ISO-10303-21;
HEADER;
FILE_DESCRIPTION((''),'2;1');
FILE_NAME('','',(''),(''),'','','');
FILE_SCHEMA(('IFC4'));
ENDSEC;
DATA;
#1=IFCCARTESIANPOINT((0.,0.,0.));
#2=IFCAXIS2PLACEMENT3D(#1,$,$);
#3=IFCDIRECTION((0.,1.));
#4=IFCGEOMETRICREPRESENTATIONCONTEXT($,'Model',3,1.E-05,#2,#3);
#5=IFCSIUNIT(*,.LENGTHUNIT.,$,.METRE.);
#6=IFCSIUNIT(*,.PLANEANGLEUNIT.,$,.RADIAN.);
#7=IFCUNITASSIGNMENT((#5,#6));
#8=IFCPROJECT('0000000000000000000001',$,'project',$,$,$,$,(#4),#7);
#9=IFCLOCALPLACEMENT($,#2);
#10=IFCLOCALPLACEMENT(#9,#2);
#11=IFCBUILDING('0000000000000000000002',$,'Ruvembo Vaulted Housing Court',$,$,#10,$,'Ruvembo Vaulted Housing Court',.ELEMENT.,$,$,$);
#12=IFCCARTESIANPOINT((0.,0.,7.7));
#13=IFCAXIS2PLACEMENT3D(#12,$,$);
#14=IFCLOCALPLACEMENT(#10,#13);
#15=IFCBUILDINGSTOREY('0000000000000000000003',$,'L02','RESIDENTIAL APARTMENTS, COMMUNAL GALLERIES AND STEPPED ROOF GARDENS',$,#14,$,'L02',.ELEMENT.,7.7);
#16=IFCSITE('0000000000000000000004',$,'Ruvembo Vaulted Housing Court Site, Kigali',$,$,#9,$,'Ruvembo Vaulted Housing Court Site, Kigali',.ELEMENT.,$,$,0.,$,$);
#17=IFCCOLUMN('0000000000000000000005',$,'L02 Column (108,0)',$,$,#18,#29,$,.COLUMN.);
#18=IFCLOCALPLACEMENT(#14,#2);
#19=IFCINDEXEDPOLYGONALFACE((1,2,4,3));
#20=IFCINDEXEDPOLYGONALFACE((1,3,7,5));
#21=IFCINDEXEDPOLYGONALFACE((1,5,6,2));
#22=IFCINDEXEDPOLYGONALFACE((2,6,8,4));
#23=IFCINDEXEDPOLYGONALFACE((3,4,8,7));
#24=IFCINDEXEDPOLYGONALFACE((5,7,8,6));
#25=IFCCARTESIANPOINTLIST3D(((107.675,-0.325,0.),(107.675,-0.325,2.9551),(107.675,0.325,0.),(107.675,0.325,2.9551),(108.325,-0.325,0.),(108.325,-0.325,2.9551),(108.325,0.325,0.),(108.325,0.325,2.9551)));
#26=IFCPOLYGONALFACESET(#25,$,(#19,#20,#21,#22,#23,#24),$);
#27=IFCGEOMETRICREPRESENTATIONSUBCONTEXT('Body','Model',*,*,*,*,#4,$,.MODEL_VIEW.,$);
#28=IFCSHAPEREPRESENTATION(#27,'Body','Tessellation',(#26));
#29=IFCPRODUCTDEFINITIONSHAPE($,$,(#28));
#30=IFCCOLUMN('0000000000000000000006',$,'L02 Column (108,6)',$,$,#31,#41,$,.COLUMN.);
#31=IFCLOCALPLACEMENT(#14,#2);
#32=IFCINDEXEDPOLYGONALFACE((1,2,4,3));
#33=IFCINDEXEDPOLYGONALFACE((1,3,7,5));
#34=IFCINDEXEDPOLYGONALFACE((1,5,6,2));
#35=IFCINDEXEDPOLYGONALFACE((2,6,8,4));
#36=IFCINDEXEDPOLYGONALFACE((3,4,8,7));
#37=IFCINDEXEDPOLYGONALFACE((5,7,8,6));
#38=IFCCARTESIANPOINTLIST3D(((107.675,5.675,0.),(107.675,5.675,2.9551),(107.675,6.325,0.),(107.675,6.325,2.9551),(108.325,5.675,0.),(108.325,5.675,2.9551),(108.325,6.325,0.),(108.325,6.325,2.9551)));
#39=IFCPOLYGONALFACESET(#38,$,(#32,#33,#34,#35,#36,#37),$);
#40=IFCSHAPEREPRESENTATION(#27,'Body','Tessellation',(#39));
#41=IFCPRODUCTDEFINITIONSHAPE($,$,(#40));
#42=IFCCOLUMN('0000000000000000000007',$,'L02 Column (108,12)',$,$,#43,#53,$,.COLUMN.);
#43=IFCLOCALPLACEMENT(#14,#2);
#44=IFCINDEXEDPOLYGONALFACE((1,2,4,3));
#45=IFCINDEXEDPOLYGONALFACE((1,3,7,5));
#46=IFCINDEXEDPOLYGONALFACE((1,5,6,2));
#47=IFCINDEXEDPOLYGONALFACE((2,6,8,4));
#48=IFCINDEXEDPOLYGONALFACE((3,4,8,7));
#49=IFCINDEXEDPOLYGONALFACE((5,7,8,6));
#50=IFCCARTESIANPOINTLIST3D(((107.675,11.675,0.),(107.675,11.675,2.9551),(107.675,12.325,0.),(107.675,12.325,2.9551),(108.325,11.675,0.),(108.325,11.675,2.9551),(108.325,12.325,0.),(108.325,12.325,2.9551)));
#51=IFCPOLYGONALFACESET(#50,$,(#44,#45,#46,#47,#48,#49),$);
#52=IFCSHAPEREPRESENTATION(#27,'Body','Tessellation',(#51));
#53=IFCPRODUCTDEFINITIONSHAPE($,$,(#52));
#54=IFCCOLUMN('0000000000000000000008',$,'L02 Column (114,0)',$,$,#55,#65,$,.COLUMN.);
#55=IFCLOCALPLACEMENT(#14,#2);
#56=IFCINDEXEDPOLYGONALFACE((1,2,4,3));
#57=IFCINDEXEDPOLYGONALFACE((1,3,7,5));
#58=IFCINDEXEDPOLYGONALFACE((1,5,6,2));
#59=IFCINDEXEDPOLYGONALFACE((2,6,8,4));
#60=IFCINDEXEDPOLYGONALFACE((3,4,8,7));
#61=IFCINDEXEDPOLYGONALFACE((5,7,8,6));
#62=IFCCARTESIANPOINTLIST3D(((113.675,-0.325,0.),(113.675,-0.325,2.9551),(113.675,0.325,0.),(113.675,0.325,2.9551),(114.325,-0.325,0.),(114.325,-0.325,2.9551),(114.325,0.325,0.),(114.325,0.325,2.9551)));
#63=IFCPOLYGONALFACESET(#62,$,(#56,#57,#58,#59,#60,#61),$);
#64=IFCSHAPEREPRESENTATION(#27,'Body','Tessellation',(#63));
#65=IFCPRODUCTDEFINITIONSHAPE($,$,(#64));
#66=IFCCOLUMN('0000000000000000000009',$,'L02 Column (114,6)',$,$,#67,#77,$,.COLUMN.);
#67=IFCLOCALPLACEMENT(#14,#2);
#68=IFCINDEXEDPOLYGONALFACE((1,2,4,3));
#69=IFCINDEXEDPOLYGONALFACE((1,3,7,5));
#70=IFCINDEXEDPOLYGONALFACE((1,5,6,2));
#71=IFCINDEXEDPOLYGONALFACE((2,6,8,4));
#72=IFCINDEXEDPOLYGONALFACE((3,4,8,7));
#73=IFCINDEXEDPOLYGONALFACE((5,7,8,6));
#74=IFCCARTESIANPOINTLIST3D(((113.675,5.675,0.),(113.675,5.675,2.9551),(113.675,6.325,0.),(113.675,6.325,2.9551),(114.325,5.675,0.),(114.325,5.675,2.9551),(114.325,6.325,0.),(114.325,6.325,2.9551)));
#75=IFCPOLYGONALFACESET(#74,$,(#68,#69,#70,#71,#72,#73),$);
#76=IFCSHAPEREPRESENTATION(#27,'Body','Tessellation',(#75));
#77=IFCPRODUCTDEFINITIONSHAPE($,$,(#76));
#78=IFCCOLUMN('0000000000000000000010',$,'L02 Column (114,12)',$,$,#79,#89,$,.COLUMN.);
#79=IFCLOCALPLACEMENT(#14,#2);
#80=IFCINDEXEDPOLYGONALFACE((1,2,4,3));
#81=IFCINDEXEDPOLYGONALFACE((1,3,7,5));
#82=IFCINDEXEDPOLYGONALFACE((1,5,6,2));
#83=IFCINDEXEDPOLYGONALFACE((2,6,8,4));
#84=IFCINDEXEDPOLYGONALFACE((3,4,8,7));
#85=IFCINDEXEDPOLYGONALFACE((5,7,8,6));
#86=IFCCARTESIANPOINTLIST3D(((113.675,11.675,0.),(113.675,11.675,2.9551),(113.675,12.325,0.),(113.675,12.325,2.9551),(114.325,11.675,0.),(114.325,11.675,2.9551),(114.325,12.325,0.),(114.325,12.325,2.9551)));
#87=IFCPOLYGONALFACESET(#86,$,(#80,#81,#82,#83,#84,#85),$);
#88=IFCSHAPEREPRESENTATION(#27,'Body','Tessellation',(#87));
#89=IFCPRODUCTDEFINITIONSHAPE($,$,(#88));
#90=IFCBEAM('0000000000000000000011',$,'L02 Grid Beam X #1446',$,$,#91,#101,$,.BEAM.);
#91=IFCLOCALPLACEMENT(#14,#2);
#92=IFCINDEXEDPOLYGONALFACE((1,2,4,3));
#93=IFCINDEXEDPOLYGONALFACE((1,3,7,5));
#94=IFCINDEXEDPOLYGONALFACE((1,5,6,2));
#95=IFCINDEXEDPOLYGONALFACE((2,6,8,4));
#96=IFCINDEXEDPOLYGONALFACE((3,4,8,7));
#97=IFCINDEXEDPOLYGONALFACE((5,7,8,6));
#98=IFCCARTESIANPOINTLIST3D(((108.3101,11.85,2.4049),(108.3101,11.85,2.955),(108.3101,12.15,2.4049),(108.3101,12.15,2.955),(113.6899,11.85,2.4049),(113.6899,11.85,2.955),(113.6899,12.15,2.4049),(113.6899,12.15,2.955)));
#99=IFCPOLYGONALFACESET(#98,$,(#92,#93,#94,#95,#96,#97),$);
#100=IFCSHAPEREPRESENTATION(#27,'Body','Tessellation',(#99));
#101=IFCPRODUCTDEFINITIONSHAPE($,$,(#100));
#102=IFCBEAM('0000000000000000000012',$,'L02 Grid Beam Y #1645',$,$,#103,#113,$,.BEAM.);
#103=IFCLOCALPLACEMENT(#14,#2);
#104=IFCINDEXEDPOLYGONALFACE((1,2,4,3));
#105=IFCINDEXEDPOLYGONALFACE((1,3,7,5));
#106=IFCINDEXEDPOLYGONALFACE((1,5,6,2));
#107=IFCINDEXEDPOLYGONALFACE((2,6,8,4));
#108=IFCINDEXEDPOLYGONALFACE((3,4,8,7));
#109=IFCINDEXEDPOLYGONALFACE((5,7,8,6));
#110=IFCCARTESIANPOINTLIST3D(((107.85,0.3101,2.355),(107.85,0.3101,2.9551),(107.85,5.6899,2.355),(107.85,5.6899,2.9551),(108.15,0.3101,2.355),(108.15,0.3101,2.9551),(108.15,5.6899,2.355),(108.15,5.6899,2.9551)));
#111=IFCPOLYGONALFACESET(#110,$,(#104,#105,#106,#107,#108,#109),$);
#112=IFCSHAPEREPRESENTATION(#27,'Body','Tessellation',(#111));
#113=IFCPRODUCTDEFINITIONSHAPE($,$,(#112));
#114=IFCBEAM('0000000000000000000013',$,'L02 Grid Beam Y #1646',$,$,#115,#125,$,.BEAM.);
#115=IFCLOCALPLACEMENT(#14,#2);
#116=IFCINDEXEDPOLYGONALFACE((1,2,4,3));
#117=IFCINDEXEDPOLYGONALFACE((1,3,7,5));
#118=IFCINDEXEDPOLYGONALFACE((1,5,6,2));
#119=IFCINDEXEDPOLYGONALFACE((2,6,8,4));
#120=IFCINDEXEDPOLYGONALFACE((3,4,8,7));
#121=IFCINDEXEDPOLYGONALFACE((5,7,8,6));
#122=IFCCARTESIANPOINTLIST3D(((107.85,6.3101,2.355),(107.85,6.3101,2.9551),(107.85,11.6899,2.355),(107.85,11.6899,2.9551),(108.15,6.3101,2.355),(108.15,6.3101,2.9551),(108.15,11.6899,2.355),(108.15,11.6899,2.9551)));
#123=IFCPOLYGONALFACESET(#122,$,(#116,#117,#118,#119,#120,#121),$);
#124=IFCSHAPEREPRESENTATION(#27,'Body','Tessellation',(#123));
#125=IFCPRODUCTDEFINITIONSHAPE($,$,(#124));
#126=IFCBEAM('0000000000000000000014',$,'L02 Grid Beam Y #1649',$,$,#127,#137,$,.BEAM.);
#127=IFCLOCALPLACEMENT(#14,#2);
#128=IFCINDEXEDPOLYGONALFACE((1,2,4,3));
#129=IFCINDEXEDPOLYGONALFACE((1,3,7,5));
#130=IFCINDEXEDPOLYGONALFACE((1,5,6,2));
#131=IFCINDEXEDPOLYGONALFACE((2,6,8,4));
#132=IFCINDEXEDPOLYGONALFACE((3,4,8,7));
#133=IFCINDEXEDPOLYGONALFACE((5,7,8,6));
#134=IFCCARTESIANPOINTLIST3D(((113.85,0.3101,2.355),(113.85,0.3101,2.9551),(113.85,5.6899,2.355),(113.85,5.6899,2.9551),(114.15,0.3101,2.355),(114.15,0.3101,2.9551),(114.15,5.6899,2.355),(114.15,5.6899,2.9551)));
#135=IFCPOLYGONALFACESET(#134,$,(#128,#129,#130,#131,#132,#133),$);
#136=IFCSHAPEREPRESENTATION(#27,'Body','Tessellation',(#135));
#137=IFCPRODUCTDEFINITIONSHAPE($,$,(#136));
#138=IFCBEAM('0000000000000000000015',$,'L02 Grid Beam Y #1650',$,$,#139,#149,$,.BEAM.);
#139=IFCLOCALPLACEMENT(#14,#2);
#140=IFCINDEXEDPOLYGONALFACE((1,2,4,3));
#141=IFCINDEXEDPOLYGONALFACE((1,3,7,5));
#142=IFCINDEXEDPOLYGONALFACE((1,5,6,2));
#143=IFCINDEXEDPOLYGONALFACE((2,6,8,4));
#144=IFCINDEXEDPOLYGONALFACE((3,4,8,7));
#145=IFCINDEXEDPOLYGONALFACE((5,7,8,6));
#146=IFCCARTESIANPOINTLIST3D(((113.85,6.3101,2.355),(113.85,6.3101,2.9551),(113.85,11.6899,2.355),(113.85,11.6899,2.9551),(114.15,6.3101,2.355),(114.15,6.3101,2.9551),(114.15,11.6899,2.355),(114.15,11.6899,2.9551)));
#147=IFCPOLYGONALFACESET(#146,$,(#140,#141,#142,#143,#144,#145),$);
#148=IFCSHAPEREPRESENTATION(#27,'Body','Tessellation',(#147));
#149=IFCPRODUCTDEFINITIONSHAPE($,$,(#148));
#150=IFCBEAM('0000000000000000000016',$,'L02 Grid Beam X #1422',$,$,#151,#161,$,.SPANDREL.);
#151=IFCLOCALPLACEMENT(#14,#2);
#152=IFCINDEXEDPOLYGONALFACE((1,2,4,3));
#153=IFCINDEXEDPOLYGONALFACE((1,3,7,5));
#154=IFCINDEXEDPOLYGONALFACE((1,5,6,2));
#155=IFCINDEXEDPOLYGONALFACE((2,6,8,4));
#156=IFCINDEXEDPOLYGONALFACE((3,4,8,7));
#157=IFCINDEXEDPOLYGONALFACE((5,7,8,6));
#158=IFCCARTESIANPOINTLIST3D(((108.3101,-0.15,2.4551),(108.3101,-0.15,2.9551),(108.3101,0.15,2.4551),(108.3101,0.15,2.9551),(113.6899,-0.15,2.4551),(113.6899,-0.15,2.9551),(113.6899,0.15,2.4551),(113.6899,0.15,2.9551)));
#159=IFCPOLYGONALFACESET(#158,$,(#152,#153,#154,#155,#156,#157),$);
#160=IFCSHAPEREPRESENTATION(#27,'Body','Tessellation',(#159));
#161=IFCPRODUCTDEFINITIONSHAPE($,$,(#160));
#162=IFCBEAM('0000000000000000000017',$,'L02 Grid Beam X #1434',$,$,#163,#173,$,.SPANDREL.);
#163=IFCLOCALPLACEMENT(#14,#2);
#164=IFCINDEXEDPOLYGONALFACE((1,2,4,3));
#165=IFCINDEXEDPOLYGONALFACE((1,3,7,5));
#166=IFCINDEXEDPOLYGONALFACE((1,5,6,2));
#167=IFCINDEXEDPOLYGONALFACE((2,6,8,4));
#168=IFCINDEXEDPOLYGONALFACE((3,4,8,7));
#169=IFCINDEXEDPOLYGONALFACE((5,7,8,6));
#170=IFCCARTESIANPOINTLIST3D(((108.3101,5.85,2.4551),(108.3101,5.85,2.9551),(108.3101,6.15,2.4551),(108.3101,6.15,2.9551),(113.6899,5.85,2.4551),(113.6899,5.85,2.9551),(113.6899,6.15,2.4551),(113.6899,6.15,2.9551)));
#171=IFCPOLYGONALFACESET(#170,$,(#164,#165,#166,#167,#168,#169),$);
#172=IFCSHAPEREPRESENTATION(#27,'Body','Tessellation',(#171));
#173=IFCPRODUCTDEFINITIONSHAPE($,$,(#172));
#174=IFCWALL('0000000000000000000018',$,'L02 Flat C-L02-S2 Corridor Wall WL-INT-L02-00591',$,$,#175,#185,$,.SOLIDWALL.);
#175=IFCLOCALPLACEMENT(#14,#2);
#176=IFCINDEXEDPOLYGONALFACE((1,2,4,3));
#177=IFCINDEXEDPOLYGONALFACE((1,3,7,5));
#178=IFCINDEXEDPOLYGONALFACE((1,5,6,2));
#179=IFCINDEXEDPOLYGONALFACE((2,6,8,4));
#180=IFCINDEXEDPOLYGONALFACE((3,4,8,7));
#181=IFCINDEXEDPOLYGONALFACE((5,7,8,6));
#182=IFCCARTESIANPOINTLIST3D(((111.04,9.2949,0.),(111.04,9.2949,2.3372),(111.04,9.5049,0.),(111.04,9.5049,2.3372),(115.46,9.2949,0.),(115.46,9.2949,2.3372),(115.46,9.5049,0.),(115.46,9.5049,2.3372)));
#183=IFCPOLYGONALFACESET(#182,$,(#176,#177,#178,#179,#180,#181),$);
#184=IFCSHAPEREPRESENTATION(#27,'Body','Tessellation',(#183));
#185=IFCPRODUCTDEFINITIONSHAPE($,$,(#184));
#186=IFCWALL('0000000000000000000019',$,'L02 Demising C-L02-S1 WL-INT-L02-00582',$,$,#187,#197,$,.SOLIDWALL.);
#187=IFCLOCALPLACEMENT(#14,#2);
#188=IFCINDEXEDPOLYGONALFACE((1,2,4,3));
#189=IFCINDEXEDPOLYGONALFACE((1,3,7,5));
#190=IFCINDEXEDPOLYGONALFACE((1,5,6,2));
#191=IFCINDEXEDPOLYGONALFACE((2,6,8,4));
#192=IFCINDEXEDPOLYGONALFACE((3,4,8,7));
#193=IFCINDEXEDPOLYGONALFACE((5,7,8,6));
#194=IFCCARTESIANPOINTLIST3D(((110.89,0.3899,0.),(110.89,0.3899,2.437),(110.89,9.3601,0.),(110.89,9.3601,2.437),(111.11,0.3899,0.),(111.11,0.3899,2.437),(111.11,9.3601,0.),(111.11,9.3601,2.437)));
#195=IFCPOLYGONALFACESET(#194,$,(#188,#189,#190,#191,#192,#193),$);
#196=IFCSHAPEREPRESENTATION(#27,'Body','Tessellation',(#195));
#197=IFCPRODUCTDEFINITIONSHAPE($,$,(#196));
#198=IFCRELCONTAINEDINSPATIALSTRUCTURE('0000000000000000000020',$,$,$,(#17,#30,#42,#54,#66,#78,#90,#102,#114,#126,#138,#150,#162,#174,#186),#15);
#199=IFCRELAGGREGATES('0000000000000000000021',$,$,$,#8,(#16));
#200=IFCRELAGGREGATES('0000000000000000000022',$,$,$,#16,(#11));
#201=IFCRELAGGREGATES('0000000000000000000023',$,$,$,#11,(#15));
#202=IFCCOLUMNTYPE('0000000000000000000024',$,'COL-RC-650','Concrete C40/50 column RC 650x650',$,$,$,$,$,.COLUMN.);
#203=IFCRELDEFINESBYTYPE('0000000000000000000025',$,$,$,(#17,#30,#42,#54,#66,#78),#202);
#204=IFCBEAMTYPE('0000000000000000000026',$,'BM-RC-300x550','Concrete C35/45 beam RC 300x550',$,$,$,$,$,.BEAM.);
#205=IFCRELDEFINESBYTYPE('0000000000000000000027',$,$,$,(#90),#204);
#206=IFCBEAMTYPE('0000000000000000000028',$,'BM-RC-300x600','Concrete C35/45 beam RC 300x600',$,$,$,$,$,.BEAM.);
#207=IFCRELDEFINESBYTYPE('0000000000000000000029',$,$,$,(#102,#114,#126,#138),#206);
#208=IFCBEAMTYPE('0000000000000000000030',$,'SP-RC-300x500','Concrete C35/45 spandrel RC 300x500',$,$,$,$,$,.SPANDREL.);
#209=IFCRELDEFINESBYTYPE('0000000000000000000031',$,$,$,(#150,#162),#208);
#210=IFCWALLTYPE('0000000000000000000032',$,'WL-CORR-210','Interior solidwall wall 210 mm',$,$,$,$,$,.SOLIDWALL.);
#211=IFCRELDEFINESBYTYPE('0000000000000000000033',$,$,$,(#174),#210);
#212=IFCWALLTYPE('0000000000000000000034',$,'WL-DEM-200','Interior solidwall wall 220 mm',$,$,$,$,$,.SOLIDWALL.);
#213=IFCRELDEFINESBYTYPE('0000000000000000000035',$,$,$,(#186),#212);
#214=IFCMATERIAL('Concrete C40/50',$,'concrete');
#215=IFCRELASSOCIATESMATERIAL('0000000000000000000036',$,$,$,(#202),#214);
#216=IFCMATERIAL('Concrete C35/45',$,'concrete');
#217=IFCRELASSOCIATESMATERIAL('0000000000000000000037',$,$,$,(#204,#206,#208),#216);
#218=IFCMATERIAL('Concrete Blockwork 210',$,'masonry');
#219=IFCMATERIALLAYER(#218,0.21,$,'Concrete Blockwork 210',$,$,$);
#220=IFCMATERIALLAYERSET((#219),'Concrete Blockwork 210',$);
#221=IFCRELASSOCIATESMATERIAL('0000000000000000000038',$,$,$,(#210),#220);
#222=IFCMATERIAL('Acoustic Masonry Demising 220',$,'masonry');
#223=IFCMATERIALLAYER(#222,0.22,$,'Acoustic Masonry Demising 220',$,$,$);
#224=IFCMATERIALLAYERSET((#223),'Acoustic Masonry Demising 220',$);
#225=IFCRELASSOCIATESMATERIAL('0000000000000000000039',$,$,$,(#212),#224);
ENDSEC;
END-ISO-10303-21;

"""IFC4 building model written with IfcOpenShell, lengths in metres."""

from ifc_helpers import new_model, si_unit, direction, frame, frame_2d, origin, origin_2d, place, context, subcontext, project, spatial, rectangle, extrude, material, layer, layer_set, material_profile, profile_set, type_object, element, save


model = new_model("IFC4")

# Units and contexts
model_context = context("Model", 3, precision=1e-05, world=origin(), true_north=direction((0.0, 1.0)))
body_context = subcontext(model_context, "Body", "Model", "MODEL_VIEW")
ifc_project = project(units=[si_unit("LENGTHUNIT", "METRE"), si_unit("PLANEANGLEUNIT", "RADIAN")], contexts=[model_context])

# Site, building, storey
site_placement = place(None, origin())
site = spatial("IfcSite", under=ifc_project, at=site_placement, Name="Ruvembo Vaulted Housing Court Site, Kigali", LongName="Ruvembo Vaulted Housing Court Site, Kigali", CompositionType="ELEMENT", RefElevation=0.0)
building_placement = place(site_placement, origin())
building = spatial("IfcBuilding", under=site, at=building_placement, Name="Ruvembo Vaulted Housing Court", LongName="Ruvembo Vaulted Housing Court", CompositionType="ELEMENT")
storey_placement = place(building_placement, frame((0.0, 0.0, 7.7)))
storey = spatial("IfcBuildingStorey", under=building, at=storey_placement, Name="L02", Description="RESIDENTIAL APARTMENTS, COMMUNAL GALLERIES AND STEPPED ROOF GARDENS", LongName="L02", CompositionType="ELEMENT", Elevation=7.7)

# Columns
ifc_material_1 = material(Name="Concrete C40/50", Category="concrete")
ifc_material_profile_1 = material_profile(ifc_material_1, rectangle(XDim=0.6499, YDim=0.6499, at=origin_2d()), Name="RC 650x650")
ifc_profile_set_1 = profile_set([ifc_material_profile_1], Name="Concrete C40/50")
column_type = type_object("IfcColumnType", Name="COL-RC-650", Description="Concrete C40/50 column RC 650x650", PredefinedType="COLUMN", material=ifc_profile_set_1)
for number, where, z_axis, x_axis, name in (
    (1, (108.0, 0.0, 0.0), (0.0, 0.0, 1.0), (1.0, 0.0, 0.0), "L02 Column (108,0)"),
    (2, (108.0, 6.0, 0.0), (0.0, 0.0, 1.0), (1.0, 0.0, 0.0), "L02 Column (108,6)"),
    (3, (108.0, 12.0, 0.0), (0.0, 0.0, 1.0), (1.0, 0.0, 0.0), "L02 Column (108,12)"),
    (4, (114.0, 0.0, 0.0), (0.0, 0.0, 1.0), (1.0, 0.0, 0.0), "L02 Column (114,0)"),
    (5, (114.0, 6.0, 0.0), (0.0, 0.0, 1.0), (1.0, 0.0, 0.0), "L02 Column (114,6)"),
    (6, (114.0, 12.0, 0.0), (0.0, 0.0, 1.0), (1.0, 0.0, 0.0), "L02 Column (114,12)"),
):
    element("IfcColumn", number, at=place(storey_placement, frame(where, z_axis=z_axis, x_axis=x_axis)), inside=storey, type_object=column_type, Name=name, PredefinedType="COLUMN", context=body_context, shape_type="SweptSolid", body=[
        extrude(rectangle(XDim=0.6499, YDim=0.6499, at=origin_2d()), origin(), (0.0, 0.0, 1.0), 2.9551),
    ])

# Beams
ifc_material_2 = material(Name="Concrete C35/45", Category="concrete")
ifc_material_profile_2 = material_profile(ifc_material_2, rectangle(XDim=0.3, YDim=0.55, at=origin_2d()), Name="RC 300x550")
ifc_profile_set_2 = profile_set([ifc_material_profile_2], Name="Concrete C35/45")
beam_type_1 = type_object("IfcBeamType", Name="BM-RC-300x550", Description="Concrete C35/45 beam RC 300x550", PredefinedType="BEAM", material=ifc_profile_set_2)
beam_placement = place(storey_placement, frame((108.3101, 12.0, 2.6799), z_axis=(1.0, 0.0, 0.0), x_axis=(0.0, 1.0, 0.0)))
element("IfcBeam", 7, at=beam_placement, inside=storey, type_object=beam_type_1, Name="L02 Grid Beam X #1446", PredefinedType="BEAM", context=body_context, shape_type="SweptSolid", body=[
    extrude(rectangle(XDim=0.3, YDim=0.55, at=origin_2d()), origin(), (0.0, 0.0, 1.0), 5.3799),
])
ifc_material_profile_3 = material_profile(ifc_material_2, rectangle(XDim=0.3, YDim=0.6001, at=origin_2d()), Name="RC 300x600")
ifc_profile_set_3 = profile_set([ifc_material_profile_3], Name="Concrete C35/45")
beam_type_2 = type_object("IfcBeamType", Name="BM-RC-300x600", Description="Concrete C35/45 beam RC 300x600", PredefinedType="BEAM", material=ifc_profile_set_3)
for number, where, z_axis, x_axis, name in (
    (8, (108.0, 0.3101, 2.655), (0.0, 1.0, 0.0), (-1.0, 0.0, 0.0), "L02 Grid Beam Y #1645"),
    (9, (108.0, 6.3101, 2.655), (0.0, 1.0, 0.0), (-1.0, 0.0, 0.0), "L02 Grid Beam Y #1646"),
    (10, (114.0, 0.3101, 2.655), (0.0, 1.0, 0.0), (-1.0, 0.0, 0.0), "L02 Grid Beam Y #1649"),
    (11, (114.0, 6.3101, 2.655), (0.0, 1.0, 0.0), (-1.0, 0.0, 0.0), "L02 Grid Beam Y #1650"),
):
    element("IfcBeam", number, at=place(storey_placement, frame(where, z_axis=z_axis, x_axis=x_axis)), inside=storey, type_object=beam_type_2, Name=name, PredefinedType="BEAM", context=body_context, shape_type="SweptSolid", body=[
        extrude(rectangle(XDim=0.3, YDim=0.6001, at=origin_2d()), origin(), (0.0, 0.0, 1.0), 5.3799),
    ])
ifc_material_profile_4 = material_profile(ifc_material_2, rectangle(XDim=0.3, YDim=0.5, at=origin_2d()), Name="RC 300x500")
ifc_profile_set_4 = profile_set([ifc_material_profile_4], Name="Concrete C35/45")
beam_type_3 = type_object("IfcBeamType", Name="SP-RC-300x500", Description="Concrete C35/45 spandrel RC 300x500", PredefinedType="SPANDREL", material=ifc_profile_set_4)
for number, where, z_axis, x_axis, name in (
    (12, (108.3101, 0.0, 2.7051), (1.0, 0.0, 0.0), (0.0, 1.0, 0.0), "L02 Grid Beam X #1422"),
    (13, (108.3101, 6.0, 2.7051), (1.0, 0.0, 0.0), (0.0, 1.0, 0.0), "L02 Grid Beam X #1434"),
):
    element("IfcBeam", number, at=place(storey_placement, frame(where, z_axis=z_axis, x_axis=x_axis)), inside=storey, type_object=beam_type_3, Name=name, PredefinedType="SPANDREL", context=body_context, shape_type="SweptSolid", body=[
        extrude(rectangle(XDim=0.3, YDim=0.5, at=origin_2d()), origin(), (0.0, 0.0, 1.0), 5.3799),
    ])

# Shared definitions
ifc_material_3 = material(Name="Concrete Blockwork 210", Category="masonry")
ifc_layer_1 = layer(ifc_material_3, 0.21, Name="Concrete Blockwork 210")
ifc_layer_set_1 = layer_set([ifc_layer_1], Name="Concrete Blockwork 210")
wall_type_1 = type_object("IfcWallType", Name="WL-CORR-210", Description="Interior solidwall wall 210 mm", PredefinedType="SOLIDWALL", material=ifc_layer_set_1)

# Walls
wall_1_placement = place(storey_placement, frame((111.04, 9.3999, 0.0), z_axis=(0.0, 0.0, 1.0), x_axis=(1.0, 0.0, 0.0)))
element("IfcWall", 14, at=wall_1_placement, inside=storey, type_object=wall_type_1, Name="L02 Flat C-L02-S2 Corridor Wall WL-INT-L02-00591", PredefinedType="SOLIDWALL", context=body_context, shape_type="SweptSolid", body=[
    extrude(rectangle(XDim=4.4199, YDim=0.21, at=frame_2d((2.21, 0.0))), origin(), (0.0, 0.0, 1.0), 2.3372),
])
ifc_material_4 = material(Name="Acoustic Masonry Demising 220", Category="masonry")
ifc_layer_2 = layer(ifc_material_4, 0.22, Name="Acoustic Masonry Demising 220")
ifc_layer_set_2 = layer_set([ifc_layer_2], Name="Acoustic Masonry Demising 220")
wall_type_2 = type_object("IfcWallType", Name="WL-DEM-200", Description="Interior solidwall wall 220 mm", PredefinedType="SOLIDWALL", material=ifc_layer_set_2)
wall_2_placement = place(storey_placement, frame((111.0, 0.3899, 0.0), z_axis=(0.0, 0.0, 1.0), x_axis=(0.0, 1.0, 0.0)))
element("IfcWall", 15, at=wall_2_placement, inside=storey, type_object=wall_type_2, Name="L02 Demising C-L02-S1 WL-INT-L02-00582", PredefinedType="SOLIDWALL", context=body_context, shape_type="SweptSolid", body=[
    extrude(rectangle(XDim=8.9702, YDim=0.22, at=frame_2d((4.4851, 0.0))), origin(), (0.0, 0.0, 1.0), 2.437),
])

save(model, "model.ifc")
